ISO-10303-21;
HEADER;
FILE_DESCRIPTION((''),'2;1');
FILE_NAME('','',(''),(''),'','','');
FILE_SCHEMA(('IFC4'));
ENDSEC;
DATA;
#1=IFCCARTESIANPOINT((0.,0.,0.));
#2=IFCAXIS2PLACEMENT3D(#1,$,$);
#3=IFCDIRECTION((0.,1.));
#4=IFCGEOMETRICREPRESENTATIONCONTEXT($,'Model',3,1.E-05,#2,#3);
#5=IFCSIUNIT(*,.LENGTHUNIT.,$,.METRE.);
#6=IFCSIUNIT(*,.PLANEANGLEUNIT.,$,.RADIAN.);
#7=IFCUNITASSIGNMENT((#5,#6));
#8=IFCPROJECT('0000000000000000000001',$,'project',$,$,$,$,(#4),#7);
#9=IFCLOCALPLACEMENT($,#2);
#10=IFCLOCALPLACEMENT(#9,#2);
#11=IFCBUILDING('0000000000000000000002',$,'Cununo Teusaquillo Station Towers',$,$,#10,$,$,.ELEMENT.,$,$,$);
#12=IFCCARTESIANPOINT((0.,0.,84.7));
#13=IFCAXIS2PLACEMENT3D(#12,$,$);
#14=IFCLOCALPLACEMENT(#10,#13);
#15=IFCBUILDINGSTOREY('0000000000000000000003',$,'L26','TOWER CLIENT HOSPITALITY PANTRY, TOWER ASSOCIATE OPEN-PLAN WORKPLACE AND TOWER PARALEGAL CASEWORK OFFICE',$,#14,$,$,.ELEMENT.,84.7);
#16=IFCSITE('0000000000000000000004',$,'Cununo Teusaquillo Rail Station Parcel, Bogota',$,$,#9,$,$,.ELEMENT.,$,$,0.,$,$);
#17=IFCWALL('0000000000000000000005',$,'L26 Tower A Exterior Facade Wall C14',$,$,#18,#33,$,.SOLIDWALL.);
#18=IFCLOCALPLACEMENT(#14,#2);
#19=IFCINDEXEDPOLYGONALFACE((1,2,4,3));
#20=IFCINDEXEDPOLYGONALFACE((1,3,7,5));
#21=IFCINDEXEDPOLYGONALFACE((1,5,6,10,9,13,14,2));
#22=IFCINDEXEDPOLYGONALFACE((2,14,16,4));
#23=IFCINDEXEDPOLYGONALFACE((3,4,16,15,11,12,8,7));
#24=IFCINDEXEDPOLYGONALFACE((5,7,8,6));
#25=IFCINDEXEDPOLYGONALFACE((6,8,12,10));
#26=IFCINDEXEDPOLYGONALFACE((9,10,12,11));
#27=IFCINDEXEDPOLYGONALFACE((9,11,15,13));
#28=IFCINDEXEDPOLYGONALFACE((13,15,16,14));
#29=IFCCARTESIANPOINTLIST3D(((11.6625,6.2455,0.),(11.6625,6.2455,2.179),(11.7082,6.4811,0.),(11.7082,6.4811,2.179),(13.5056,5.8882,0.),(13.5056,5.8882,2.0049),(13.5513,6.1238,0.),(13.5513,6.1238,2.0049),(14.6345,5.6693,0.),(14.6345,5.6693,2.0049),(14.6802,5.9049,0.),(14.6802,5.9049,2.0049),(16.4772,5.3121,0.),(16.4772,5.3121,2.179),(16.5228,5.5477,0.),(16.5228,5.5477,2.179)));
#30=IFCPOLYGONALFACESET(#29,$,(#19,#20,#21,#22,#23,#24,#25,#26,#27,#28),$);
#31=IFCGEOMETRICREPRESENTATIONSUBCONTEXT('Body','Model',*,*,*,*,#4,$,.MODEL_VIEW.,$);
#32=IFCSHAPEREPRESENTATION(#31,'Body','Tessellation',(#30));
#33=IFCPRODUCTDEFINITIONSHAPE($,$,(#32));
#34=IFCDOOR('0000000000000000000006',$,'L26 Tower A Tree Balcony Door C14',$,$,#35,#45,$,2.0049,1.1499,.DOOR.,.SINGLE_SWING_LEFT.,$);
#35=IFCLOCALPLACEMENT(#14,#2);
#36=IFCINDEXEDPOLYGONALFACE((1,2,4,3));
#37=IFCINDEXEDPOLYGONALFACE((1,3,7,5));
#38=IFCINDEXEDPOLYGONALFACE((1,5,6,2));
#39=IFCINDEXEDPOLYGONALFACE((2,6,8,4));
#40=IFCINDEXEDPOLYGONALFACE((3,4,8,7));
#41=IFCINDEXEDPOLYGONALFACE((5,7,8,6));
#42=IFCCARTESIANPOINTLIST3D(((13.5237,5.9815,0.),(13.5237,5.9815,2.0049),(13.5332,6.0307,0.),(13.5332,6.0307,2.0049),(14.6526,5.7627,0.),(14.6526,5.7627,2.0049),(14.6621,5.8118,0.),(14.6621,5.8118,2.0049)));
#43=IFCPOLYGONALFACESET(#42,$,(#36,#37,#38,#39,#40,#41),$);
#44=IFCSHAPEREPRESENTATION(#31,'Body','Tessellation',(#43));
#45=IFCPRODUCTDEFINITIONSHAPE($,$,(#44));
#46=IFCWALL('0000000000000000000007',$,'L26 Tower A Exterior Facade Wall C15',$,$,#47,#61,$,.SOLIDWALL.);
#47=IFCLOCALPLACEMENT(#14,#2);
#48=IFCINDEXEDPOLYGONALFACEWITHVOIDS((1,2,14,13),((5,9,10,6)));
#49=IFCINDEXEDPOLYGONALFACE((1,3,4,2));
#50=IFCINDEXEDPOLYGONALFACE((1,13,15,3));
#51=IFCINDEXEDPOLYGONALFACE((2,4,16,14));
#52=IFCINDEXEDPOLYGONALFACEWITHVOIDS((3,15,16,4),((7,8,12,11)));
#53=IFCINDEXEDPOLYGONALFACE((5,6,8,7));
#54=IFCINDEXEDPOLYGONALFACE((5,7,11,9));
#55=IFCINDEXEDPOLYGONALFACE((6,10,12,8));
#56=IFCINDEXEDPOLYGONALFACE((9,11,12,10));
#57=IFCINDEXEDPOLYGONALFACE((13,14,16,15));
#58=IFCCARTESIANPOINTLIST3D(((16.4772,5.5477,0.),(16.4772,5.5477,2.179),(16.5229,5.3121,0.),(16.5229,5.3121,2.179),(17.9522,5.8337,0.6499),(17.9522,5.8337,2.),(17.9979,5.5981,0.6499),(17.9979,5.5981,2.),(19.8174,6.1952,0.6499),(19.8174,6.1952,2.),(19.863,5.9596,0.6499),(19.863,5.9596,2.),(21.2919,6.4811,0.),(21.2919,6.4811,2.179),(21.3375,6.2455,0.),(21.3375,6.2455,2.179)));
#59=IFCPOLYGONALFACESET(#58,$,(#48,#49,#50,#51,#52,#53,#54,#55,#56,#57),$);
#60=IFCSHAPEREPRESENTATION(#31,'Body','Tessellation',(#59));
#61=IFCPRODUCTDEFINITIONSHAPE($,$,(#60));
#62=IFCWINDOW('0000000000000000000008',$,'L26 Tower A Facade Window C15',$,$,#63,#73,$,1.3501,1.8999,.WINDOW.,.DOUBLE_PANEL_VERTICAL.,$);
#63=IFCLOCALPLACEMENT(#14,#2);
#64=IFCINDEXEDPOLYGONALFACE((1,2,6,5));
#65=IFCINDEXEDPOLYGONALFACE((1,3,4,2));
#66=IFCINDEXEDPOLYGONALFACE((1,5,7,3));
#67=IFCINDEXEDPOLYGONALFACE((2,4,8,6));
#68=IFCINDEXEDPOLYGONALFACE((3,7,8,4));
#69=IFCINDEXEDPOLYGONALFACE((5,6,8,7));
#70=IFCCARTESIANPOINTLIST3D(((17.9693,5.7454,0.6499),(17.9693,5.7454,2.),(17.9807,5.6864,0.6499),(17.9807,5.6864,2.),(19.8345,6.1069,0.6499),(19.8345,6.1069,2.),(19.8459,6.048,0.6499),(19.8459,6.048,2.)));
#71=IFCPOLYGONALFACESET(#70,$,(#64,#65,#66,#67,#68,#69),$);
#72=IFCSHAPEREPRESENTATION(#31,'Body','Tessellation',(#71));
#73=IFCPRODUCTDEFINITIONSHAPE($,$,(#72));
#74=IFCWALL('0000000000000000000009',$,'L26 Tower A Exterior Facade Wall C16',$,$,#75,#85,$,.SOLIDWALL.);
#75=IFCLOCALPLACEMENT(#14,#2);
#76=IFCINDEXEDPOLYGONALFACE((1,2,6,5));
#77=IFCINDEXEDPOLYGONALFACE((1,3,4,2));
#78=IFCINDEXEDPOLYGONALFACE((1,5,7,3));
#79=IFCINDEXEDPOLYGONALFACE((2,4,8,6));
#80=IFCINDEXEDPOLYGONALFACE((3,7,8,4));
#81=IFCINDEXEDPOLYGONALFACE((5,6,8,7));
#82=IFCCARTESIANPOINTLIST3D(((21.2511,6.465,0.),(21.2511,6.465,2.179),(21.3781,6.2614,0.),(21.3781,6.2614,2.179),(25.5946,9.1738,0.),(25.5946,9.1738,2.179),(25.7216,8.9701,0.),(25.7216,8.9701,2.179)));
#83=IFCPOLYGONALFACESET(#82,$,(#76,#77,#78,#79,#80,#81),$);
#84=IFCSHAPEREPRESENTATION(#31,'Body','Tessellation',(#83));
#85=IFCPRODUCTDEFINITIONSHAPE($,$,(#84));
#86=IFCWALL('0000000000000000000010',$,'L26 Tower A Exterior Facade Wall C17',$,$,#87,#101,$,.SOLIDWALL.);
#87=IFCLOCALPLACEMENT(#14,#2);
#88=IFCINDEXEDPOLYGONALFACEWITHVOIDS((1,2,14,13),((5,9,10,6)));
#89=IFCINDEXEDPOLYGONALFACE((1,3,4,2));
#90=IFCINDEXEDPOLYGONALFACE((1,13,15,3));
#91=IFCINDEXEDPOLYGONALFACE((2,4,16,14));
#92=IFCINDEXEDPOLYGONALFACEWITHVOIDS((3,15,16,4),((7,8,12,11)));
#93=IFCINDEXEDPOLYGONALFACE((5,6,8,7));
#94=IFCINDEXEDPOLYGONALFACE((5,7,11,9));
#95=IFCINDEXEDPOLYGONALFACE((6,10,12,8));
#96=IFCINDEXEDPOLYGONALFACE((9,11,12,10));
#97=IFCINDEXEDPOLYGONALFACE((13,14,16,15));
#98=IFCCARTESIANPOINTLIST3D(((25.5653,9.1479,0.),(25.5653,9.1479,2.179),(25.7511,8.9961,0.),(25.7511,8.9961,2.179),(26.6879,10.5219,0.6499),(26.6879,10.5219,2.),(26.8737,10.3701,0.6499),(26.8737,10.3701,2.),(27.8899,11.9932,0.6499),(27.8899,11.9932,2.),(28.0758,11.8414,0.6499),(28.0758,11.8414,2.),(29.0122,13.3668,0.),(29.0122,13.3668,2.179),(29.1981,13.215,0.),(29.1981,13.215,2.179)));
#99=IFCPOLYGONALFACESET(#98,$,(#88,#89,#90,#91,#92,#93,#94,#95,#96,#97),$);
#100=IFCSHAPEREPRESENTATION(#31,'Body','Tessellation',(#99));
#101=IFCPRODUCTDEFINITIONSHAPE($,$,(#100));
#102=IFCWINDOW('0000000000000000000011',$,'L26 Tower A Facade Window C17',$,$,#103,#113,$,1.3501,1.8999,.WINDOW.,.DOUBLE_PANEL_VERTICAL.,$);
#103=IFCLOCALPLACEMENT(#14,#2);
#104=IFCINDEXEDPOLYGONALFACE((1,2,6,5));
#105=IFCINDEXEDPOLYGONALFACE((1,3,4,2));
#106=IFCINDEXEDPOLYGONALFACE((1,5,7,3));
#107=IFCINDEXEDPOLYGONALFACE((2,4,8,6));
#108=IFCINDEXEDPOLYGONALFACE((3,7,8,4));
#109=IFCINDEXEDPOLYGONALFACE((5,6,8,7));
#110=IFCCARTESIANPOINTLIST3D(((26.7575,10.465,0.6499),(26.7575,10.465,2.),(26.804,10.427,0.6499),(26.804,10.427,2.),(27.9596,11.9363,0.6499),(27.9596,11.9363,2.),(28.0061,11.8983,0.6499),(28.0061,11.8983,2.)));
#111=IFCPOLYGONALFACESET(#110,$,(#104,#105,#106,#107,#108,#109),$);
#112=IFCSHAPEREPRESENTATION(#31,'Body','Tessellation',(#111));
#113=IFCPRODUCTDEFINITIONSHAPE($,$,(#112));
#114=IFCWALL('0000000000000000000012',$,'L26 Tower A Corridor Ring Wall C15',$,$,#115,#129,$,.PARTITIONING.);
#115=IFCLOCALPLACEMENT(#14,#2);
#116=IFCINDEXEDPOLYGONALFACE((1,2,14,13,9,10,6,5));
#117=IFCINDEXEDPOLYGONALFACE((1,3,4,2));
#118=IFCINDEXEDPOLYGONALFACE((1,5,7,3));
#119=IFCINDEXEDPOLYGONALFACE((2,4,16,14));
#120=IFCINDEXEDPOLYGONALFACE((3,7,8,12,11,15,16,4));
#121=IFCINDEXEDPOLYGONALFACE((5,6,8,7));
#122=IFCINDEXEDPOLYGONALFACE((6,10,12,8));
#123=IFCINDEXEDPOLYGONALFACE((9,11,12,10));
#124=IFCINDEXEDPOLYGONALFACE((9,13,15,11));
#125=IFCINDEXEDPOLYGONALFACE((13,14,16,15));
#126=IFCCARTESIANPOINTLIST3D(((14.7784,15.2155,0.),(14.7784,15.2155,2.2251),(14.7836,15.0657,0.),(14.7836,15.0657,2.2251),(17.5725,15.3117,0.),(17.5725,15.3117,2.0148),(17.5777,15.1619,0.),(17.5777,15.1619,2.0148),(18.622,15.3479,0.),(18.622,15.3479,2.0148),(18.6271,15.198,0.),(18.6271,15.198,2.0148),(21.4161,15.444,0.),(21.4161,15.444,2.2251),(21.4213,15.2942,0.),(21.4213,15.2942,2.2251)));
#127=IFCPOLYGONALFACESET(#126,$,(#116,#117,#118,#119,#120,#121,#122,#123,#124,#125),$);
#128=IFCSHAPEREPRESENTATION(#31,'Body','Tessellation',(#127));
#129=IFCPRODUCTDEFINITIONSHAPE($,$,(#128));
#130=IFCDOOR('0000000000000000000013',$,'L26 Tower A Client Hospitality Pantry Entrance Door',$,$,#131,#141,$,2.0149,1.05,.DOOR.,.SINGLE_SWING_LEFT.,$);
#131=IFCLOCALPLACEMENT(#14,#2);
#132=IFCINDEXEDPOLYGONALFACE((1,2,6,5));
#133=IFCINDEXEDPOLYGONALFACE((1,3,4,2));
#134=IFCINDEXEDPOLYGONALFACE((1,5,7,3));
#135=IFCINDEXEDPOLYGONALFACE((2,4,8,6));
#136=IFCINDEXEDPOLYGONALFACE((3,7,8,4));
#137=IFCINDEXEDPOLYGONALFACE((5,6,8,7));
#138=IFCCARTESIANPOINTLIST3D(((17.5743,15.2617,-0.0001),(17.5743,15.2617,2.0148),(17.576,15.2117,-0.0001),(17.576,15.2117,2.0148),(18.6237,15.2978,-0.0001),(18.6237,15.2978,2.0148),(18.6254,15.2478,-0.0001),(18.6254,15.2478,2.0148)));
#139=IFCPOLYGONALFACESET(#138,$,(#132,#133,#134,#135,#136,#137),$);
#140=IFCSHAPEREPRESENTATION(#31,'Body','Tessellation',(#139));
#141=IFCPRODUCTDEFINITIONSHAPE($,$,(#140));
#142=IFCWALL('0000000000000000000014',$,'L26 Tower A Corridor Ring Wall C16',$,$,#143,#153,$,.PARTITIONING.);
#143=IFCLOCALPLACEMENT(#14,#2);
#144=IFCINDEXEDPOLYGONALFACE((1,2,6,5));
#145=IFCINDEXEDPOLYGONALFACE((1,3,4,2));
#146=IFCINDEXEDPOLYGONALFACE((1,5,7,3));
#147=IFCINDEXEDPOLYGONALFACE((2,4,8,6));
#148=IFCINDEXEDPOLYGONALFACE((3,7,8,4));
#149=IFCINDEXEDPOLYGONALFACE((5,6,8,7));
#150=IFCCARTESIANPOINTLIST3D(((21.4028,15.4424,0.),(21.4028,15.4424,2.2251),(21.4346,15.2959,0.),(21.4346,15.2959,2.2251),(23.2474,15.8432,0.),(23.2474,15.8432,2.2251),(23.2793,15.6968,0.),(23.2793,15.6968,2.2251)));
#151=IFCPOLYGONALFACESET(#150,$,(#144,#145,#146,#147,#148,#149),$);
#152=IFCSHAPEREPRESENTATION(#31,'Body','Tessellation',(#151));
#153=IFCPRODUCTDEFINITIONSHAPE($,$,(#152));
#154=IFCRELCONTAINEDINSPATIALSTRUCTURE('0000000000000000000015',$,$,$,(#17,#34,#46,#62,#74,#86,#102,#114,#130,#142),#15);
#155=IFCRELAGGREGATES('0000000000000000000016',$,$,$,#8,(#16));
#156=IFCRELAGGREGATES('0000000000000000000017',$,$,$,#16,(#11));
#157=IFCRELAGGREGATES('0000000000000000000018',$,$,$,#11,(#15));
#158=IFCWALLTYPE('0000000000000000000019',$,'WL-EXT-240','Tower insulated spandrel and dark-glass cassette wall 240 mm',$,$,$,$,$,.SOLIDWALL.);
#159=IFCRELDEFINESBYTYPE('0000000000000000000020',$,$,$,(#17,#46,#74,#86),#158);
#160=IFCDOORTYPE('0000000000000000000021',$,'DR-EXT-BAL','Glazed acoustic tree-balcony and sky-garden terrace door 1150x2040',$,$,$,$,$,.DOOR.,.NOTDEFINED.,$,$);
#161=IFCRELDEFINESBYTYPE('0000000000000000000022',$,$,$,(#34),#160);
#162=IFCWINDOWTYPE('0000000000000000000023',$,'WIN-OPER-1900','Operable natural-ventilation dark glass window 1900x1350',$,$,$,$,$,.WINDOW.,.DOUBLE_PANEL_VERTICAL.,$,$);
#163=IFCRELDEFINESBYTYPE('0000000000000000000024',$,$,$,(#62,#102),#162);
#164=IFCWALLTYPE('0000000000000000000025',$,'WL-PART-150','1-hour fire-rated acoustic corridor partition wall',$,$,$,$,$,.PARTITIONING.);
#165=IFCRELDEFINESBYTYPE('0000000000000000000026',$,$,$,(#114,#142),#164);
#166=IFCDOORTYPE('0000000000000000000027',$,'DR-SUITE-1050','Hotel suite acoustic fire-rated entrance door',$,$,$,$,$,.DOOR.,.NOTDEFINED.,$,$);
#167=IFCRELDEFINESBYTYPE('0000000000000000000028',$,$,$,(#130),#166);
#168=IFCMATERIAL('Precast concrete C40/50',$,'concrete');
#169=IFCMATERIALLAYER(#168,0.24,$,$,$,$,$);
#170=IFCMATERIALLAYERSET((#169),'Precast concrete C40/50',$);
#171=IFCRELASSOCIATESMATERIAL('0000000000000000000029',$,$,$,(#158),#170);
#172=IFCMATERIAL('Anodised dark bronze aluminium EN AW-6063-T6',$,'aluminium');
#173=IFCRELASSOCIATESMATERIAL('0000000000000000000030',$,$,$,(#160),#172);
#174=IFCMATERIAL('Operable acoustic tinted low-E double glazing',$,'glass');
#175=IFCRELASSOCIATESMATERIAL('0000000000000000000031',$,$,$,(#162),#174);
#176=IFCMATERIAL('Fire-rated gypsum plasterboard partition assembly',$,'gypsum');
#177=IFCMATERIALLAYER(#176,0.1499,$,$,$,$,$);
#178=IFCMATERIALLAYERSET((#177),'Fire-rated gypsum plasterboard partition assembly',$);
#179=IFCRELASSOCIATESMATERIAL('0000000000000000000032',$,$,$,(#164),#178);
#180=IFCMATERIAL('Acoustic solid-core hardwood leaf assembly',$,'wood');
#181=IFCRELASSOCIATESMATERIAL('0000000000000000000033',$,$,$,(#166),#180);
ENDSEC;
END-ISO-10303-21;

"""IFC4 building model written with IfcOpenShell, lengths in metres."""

from ifc_helpers import new_model, si_unit, direction, frame, frame_2d, origin, place, context, subcontext, project, spatial, rectangle, extrude, source, transform, mapped, material, layer, layer_set, type_object, element, fill, save


model = new_model("IFC4")

# Units and contexts
model_context = context("Model", 3, precision=1e-05, world=origin(), true_north=direction((0.0, 1.0)))
body_context = subcontext(model_context, "Body", "Model", "MODEL_VIEW")
ifc_project = project(units=[si_unit("LENGTHUNIT", "METRE"), si_unit("PLANEANGLEUNIT", "RADIAN")], contexts=[model_context])

# Site, building, storey
site_placement = place(None, origin())
site = spatial("IfcSite", under=ifc_project, at=site_placement, Name="Cununo Teusaquillo Rail Station Parcel, Bogota", CompositionType="ELEMENT", RefElevation=0.0)
building_placement = place(site_placement, origin())
building = spatial("IfcBuilding", under=site, at=building_placement, Name="Cununo Teusaquillo Station Towers", CompositionType="ELEMENT")
storey_placement = place(building_placement, frame((0.0, 0.0, 84.7)))
storey = spatial("IfcBuildingStorey", under=building, at=storey_placement, Name="L26", Description="TOWER CLIENT HOSPITALITY PANTRY, TOWER ASSOCIATE OPEN-PLAN WORKPLACE AND TOWER PARALEGAL CASEWORK OFFICE", CompositionType="ELEMENT", Elevation=84.7)

# Wall, opening, door
ifc_material_1 = material(Name="Precast concrete C40/50", Category="concrete")
ifc_layer_1 = layer(ifc_material_1, 0.24)
ifc_layer_set_1 = layer_set([ifc_layer_1], Name="Precast concrete C40/50")
wall_type_1 = type_object("IfcWallType", Name="WL-EXT-240", Description="Tower insulated spandrel and dark-glass cassette wall 240 mm", PredefinedType="SOLIDWALL", material=ifc_layer_set_1)
wall_1_placement = place(storey_placement, frame((16.5, 5.4299, 0.0), z_axis=(0.0, 0.0, 1.0), x_axis=(-0.981724, 0.190311, 0.0)))
wall_1 = element("IfcWall", 1, at=wall_1_placement, inside=storey, type_object=wall_type_1, Name="L26 Tower A Exterior Facade Wall C14", PredefinedType="SOLIDWALL", context=body_context, shape_type="SweptSolid", body=[
    extrude(rectangle(XDim=4.9043, YDim=0.24, at=frame_2d((2.4521, 0.0))), origin(), (0.0, 0.0, 1.0), 2.179),
])
shared_shape_1 = source(origin(), body_context, "Body", "SweptSolid", [
    extrude(rectangle(XDim=1.1499, YDim=2.0049, at=frame_2d((0.575, 1.0024))), frame((0.0, 0.1299, 0.0), z_axis=(0.0, -1.0, 0.0), x_axis=(1.0, 0.0, 0.0)), (0.0, 0.0, 1.0), 0.26),
])
opening_1_placement = place(wall_1_placement, frame((1.877, 0.0, 0.0)))
opening_1 = element("IfcOpeningElement", 2, at=opening_1_placement, cuts=wall_1, PredefinedType="OPENING", context=body_context, shape_type="MappedRepresentation", body=[
    mapped(shared_shape_1, transform((0.0, 0.0, 0.0), x_axis=(1.0, 0.0, 0.0), y_axis=(0.0, 1.0, 0.0), z_axis=(0.0, 0.0, 1.0), scale=1.0)),
])
ifc_material_2 = material(Name="Anodised dark bronze aluminium EN AW-6063-T6", Category="aluminium")
door_type_1 = type_object("IfcDoorType", Name="DR-EXT-BAL", Description="Glazed acoustic tree-balcony and sky-garden terrace door 1150x2040", OperationType="NOTDEFINED", PredefinedType="DOOR", material=ifc_material_2)
shared_shape_2 = source(origin(), body_context, "Body", "SweptSolid", [
    extrude(rectangle(XDim=1.1499, YDim=2.0049, at=frame_2d((0.575, 1.0024))), frame((0.0, 0.0249, 0.0), z_axis=(0.0, -1.0, 0.0), x_axis=(1.0, 0.0, 0.0)), (0.0, 0.0, 1.0), 0.05),
])
door_1_placement = place(opening_1_placement, origin())
door_1 = element("IfcDoor", 3, at=door_1_placement, inside=storey, type_object=door_type_1, Name="L26 Tower A Tree Balcony Door C14", OperationType="SINGLE_SWING_LEFT", OverallHeight=2.0049, OverallWidth=1.1499, PredefinedType="DOOR", context=body_context, shape_type="MappedRepresentation", body=[
    mapped(shared_shape_2, transform((0.0, 0.0, 0.0), x_axis=(1.0, 0.0, 0.0), y_axis=(0.0, 1.0, 0.0), z_axis=(0.0, 0.0, 1.0), scale=1.0)),
])
fill(opening_1, door_1)

# Wall, opening, window
wall_2_placement = place(storey_placement, frame((21.3147, 6.3633, 0.0), z_axis=(0.0, 0.0, 1.0), x_axis=(-0.981724, -0.190311, 0.0)))
wall_2 = element("IfcWall", 4, at=wall_2_placement, inside=storey, type_object=wall_type_1, Name="L26 Tower A Exterior Facade Wall C15", PredefinedType="SOLIDWALL", context=body_context, shape_type="SweptSolid", body=[
    extrude(rectangle(XDim=4.9043, YDim=0.24, at=frame_2d((2.4521, 0.0))), origin(), (0.0, 0.0, 1.0), 2.179),
])
shared_shape_3 = source(origin(), body_context, "Body", "SweptSolid", [
    extrude(rectangle(XDim=1.8999, YDim=1.3501, at=frame_2d((0.95, 0.675))), frame((0.0, 0.1299, 0.0), z_axis=(0.0, -1.0, 0.0), x_axis=(1.0, 0.0, 0.0)), (0.0, 0.0, 1.0), 0.26),
])
opening_2_placement = place(wall_2_placement, frame((1.502, 0.0, 0.6499)))
opening_2 = element("IfcOpeningElement", 5, at=opening_2_placement, cuts=wall_2, PredefinedType="OPENING", context=body_context, shape_type="MappedRepresentation", body=[
    mapped(shared_shape_3, transform((0.0, 0.0, 0.0), x_axis=(1.0, 0.0, 0.0), y_axis=(0.0, 1.0, 0.0), z_axis=(0.0, 0.0, 1.0), scale=1.0)),
])
ifc_material_3 = material(Name="Operable acoustic tinted low-E double glazing", Category="glass")
window_type = type_object("IfcWindowType", Name="WIN-OPER-1900", Description="Operable natural-ventilation dark glass window 1900x1350", PartitioningType="DOUBLE_PANEL_VERTICAL", PredefinedType="WINDOW", material=ifc_material_3)
shared_shape_4 = source(origin(), body_context, "Body", "SweptSolid", [
    extrude(rectangle(XDim=1.8999, YDim=1.3501, at=frame_2d((0.95, 0.675))), frame((0.0, 0.03, 0.0), z_axis=(0.0, -1.0, 0.0), x_axis=(1.0, 0.0, 0.0)), (0.0, 0.0, 1.0), 0.0601),
])
window_1_placement = place(opening_2_placement, origin())
window_1 = element("IfcWindow", 6, at=window_1_placement, inside=storey, type_object=window_type, Name="L26 Tower A Facade Window C15", OverallHeight=1.3501, OverallWidth=1.8999, PartitioningType="DOUBLE_PANEL_VERTICAL", PredefinedType="WINDOW", context=body_context, shape_type="MappedRepresentation", body=[
    mapped(shared_shape_4, transform((0.0, 0.0, 0.0), x_axis=(1.0, 0.0, 0.0), y_axis=(0.0, 1.0, 0.0), z_axis=(0.0, 0.0, 1.0), scale=1.0)),
])
fill(opening_2, window_1)

# Wall
wall_3_placement = place(storey_placement, frame((25.6582, 9.072, 0.0), z_axis=(0.0, 0.0, 1.0), x_axis=(-0.84852, -0.529163, 0.0)))
element("IfcWall", 7, at=wall_3_placement, inside=storey, type_object=wall_type_1, Name="L26 Tower A Exterior Facade Wall C16", PredefinedType="SOLIDWALL", context=body_context, shape_type="SweptSolid", body=[
    extrude(rectangle(XDim=5.1189, YDim=0.24, at=frame_2d((2.5596, 0.0))), origin(), (0.0, 0.0, 1.0), 2.179),
])

# Wall, opening, window
wall_4_placement = place(storey_placement, frame((29.1052, 13.291, 0.0), z_axis=(0.0, 0.0, 1.0), x_axis=(-0.632701, -0.774396, 0.0)))
wall_4 = element("IfcWall", 8, at=wall_4_placement, inside=storey, type_object=wall_type_1, Name="L26 Tower A Exterior Facade Wall C17", PredefinedType="SOLIDWALL", context=body_context, shape_type="SweptSolid", body=[
    extrude(rectangle(XDim=5.448, YDim=0.24, at=frame_2d((2.7241, 0.0))), origin(), (0.0, 0.0, 1.0), 2.179),
])
opening_3_placement = place(wall_4_placement, frame((1.7739, 0.0, 0.6499)))
opening_3 = element("IfcOpeningElement", 9, at=opening_3_placement, cuts=wall_4, PredefinedType="OPENING", context=body_context, shape_type="MappedRepresentation", body=[
    mapped(shared_shape_3, transform((0.0, 0.0, 0.0), x_axis=(1.0, 0.0, 0.0), y_axis=(0.0, 1.0, 0.0), z_axis=(0.0, 0.0, 1.0), scale=1.0)),
])
window_2_placement = place(opening_3_placement, origin())
window_2 = element("IfcWindow", 10, at=window_2_placement, inside=storey, type_object=window_type, Name="L26 Tower A Facade Window C17", OverallHeight=1.3501, OverallWidth=1.8999, PartitioningType="DOUBLE_PANEL_VERTICAL", PredefinedType="WINDOW", context=body_context, shape_type="MappedRepresentation", body=[
    mapped(shared_shape_4, transform((0.0, 0.0, 0.0), x_axis=(1.0, 0.0, 0.0), y_axis=(0.0, 1.0, 0.0), z_axis=(0.0, 0.0, 1.0), scale=1.0)),
])
fill(opening_3, window_2)

# Wall, opening, door
ifc_material_4 = material(Name="Fire-rated gypsum plasterboard partition assembly", Category="gypsum")
ifc_layer_2 = layer(ifc_material_4, 0.1499)
ifc_layer_set_2 = layer_set([ifc_layer_2], Name="Fire-rated gypsum plasterboard partition assembly")
wall_type_2 = type_object("IfcWallType", Name="WL-PART-150", Description="1-hour fire-rated acoustic corridor partition wall", PredefinedType="PARTITIONING", material=ifc_layer_set_2)
wall_5_placement = place(storey_placement, frame((14.781, 15.1406, 0.0), z_axis=(0.0, 0.0, 1.0), x_axis=(0.999408, 0.034407, 0.0)))
wall_5 = element("IfcWall", 11, at=wall_5_placement, inside=storey, type_object=wall_type_2, Name="L26 Tower A Corridor Ring Wall C15", PredefinedType="PARTITIONING", context=body_context, shape_type="SweptSolid", body=[
    extrude(rectangle(XDim=6.6416, YDim=0.1499, at=frame_2d((3.3208, 0.0))), origin(), (0.0, 0.0, 1.0), 2.2251),
])
shared_shape_5 = source(origin(), body_context, "Body", "SweptSolid", [
    extrude(rectangle(XDim=1.05, YDim=2.0149, at=frame_2d((0.5249, 1.0073))), frame((0.0, 0.085, 0.0), z_axis=(0.0, -1.0, 0.0), x_axis=(1.0, 0.0, 0.0)), (0.0, 0.0, 1.0), 0.1699),
])
opening_4_placement = place(wall_5_placement, frame((2.7959, 0.0, 0.0)))
opening_4 = element("IfcOpeningElement", 12, at=opening_4_placement, cuts=wall_5, PredefinedType="OPENING", context=body_context, shape_type="MappedRepresentation", body=[
    mapped(shared_shape_5, transform((0.0, 0.0, 0.0), x_axis=(1.0, 0.0, 0.0), y_axis=(0.0, 1.0, 0.0), z_axis=(0.0, 0.0, 1.0), scale=1.0)),
])
ifc_material_5 = material(Name="Acoustic solid-core hardwood leaf assembly", Category="wood")
door_type_2 = type_object("IfcDoorType", Name="DR-SUITE-1050", Description="Hotel suite acoustic fire-rated entrance door", OperationType="NOTDEFINED", PredefinedType="DOOR", material=ifc_material_5)
shared_shape_6 = source(origin(), body_context, "Body", "SweptSolid", [
    extrude(rectangle(XDim=1.05, YDim=2.0149, at=frame_2d((0.5249, 1.0073))), frame((0.0, 0.0249, 0.0), z_axis=(0.0, -1.0, 0.0), x_axis=(1.0, 0.0, 0.0)), (0.0, 0.0, 1.0), 0.05),
])
door_2_placement = place(opening_4_placement, origin())
door_2 = element("IfcDoor", 13, at=door_2_placement, inside=storey, type_object=door_type_2, Name="L26 Tower A Client Hospitality Pantry Entrance Door", OperationType="SINGLE_SWING_LEFT", OverallHeight=2.0149, OverallWidth=1.05, PredefinedType="DOOR", context=body_context, shape_type="MappedRepresentation", body=[
    mapped(shared_shape_6, transform((0.0, 0.0, 0.0), x_axis=(1.0, 0.0, 0.0), y_axis=(0.0, 1.0, 0.0), z_axis=(0.0, 0.0, 1.0), scale=1.0)),
])
fill(opening_4, door_2)

# Wall
wall_6_placement = place(storey_placement, frame((21.4187, 15.3691, 0.0), z_axis=(0.0, 0.0, 1.0), x_axis=(0.977193, 0.212354, 0.0)))
element("IfcWall", 14, at=wall_6_placement, inside=storey, type_object=wall_type_2, Name="L26 Tower A Corridor Ring Wall C16", PredefinedType="PARTITIONING", context=body_context, shape_type="SweptSolid", body=[
    extrude(rectangle(XDim=1.8877, YDim=0.1499, at=frame_2d((0.9438, 0.0))), origin(), (0.0, 0.0, 1.0), 2.2251),
])

save(model, "model.ifc")
